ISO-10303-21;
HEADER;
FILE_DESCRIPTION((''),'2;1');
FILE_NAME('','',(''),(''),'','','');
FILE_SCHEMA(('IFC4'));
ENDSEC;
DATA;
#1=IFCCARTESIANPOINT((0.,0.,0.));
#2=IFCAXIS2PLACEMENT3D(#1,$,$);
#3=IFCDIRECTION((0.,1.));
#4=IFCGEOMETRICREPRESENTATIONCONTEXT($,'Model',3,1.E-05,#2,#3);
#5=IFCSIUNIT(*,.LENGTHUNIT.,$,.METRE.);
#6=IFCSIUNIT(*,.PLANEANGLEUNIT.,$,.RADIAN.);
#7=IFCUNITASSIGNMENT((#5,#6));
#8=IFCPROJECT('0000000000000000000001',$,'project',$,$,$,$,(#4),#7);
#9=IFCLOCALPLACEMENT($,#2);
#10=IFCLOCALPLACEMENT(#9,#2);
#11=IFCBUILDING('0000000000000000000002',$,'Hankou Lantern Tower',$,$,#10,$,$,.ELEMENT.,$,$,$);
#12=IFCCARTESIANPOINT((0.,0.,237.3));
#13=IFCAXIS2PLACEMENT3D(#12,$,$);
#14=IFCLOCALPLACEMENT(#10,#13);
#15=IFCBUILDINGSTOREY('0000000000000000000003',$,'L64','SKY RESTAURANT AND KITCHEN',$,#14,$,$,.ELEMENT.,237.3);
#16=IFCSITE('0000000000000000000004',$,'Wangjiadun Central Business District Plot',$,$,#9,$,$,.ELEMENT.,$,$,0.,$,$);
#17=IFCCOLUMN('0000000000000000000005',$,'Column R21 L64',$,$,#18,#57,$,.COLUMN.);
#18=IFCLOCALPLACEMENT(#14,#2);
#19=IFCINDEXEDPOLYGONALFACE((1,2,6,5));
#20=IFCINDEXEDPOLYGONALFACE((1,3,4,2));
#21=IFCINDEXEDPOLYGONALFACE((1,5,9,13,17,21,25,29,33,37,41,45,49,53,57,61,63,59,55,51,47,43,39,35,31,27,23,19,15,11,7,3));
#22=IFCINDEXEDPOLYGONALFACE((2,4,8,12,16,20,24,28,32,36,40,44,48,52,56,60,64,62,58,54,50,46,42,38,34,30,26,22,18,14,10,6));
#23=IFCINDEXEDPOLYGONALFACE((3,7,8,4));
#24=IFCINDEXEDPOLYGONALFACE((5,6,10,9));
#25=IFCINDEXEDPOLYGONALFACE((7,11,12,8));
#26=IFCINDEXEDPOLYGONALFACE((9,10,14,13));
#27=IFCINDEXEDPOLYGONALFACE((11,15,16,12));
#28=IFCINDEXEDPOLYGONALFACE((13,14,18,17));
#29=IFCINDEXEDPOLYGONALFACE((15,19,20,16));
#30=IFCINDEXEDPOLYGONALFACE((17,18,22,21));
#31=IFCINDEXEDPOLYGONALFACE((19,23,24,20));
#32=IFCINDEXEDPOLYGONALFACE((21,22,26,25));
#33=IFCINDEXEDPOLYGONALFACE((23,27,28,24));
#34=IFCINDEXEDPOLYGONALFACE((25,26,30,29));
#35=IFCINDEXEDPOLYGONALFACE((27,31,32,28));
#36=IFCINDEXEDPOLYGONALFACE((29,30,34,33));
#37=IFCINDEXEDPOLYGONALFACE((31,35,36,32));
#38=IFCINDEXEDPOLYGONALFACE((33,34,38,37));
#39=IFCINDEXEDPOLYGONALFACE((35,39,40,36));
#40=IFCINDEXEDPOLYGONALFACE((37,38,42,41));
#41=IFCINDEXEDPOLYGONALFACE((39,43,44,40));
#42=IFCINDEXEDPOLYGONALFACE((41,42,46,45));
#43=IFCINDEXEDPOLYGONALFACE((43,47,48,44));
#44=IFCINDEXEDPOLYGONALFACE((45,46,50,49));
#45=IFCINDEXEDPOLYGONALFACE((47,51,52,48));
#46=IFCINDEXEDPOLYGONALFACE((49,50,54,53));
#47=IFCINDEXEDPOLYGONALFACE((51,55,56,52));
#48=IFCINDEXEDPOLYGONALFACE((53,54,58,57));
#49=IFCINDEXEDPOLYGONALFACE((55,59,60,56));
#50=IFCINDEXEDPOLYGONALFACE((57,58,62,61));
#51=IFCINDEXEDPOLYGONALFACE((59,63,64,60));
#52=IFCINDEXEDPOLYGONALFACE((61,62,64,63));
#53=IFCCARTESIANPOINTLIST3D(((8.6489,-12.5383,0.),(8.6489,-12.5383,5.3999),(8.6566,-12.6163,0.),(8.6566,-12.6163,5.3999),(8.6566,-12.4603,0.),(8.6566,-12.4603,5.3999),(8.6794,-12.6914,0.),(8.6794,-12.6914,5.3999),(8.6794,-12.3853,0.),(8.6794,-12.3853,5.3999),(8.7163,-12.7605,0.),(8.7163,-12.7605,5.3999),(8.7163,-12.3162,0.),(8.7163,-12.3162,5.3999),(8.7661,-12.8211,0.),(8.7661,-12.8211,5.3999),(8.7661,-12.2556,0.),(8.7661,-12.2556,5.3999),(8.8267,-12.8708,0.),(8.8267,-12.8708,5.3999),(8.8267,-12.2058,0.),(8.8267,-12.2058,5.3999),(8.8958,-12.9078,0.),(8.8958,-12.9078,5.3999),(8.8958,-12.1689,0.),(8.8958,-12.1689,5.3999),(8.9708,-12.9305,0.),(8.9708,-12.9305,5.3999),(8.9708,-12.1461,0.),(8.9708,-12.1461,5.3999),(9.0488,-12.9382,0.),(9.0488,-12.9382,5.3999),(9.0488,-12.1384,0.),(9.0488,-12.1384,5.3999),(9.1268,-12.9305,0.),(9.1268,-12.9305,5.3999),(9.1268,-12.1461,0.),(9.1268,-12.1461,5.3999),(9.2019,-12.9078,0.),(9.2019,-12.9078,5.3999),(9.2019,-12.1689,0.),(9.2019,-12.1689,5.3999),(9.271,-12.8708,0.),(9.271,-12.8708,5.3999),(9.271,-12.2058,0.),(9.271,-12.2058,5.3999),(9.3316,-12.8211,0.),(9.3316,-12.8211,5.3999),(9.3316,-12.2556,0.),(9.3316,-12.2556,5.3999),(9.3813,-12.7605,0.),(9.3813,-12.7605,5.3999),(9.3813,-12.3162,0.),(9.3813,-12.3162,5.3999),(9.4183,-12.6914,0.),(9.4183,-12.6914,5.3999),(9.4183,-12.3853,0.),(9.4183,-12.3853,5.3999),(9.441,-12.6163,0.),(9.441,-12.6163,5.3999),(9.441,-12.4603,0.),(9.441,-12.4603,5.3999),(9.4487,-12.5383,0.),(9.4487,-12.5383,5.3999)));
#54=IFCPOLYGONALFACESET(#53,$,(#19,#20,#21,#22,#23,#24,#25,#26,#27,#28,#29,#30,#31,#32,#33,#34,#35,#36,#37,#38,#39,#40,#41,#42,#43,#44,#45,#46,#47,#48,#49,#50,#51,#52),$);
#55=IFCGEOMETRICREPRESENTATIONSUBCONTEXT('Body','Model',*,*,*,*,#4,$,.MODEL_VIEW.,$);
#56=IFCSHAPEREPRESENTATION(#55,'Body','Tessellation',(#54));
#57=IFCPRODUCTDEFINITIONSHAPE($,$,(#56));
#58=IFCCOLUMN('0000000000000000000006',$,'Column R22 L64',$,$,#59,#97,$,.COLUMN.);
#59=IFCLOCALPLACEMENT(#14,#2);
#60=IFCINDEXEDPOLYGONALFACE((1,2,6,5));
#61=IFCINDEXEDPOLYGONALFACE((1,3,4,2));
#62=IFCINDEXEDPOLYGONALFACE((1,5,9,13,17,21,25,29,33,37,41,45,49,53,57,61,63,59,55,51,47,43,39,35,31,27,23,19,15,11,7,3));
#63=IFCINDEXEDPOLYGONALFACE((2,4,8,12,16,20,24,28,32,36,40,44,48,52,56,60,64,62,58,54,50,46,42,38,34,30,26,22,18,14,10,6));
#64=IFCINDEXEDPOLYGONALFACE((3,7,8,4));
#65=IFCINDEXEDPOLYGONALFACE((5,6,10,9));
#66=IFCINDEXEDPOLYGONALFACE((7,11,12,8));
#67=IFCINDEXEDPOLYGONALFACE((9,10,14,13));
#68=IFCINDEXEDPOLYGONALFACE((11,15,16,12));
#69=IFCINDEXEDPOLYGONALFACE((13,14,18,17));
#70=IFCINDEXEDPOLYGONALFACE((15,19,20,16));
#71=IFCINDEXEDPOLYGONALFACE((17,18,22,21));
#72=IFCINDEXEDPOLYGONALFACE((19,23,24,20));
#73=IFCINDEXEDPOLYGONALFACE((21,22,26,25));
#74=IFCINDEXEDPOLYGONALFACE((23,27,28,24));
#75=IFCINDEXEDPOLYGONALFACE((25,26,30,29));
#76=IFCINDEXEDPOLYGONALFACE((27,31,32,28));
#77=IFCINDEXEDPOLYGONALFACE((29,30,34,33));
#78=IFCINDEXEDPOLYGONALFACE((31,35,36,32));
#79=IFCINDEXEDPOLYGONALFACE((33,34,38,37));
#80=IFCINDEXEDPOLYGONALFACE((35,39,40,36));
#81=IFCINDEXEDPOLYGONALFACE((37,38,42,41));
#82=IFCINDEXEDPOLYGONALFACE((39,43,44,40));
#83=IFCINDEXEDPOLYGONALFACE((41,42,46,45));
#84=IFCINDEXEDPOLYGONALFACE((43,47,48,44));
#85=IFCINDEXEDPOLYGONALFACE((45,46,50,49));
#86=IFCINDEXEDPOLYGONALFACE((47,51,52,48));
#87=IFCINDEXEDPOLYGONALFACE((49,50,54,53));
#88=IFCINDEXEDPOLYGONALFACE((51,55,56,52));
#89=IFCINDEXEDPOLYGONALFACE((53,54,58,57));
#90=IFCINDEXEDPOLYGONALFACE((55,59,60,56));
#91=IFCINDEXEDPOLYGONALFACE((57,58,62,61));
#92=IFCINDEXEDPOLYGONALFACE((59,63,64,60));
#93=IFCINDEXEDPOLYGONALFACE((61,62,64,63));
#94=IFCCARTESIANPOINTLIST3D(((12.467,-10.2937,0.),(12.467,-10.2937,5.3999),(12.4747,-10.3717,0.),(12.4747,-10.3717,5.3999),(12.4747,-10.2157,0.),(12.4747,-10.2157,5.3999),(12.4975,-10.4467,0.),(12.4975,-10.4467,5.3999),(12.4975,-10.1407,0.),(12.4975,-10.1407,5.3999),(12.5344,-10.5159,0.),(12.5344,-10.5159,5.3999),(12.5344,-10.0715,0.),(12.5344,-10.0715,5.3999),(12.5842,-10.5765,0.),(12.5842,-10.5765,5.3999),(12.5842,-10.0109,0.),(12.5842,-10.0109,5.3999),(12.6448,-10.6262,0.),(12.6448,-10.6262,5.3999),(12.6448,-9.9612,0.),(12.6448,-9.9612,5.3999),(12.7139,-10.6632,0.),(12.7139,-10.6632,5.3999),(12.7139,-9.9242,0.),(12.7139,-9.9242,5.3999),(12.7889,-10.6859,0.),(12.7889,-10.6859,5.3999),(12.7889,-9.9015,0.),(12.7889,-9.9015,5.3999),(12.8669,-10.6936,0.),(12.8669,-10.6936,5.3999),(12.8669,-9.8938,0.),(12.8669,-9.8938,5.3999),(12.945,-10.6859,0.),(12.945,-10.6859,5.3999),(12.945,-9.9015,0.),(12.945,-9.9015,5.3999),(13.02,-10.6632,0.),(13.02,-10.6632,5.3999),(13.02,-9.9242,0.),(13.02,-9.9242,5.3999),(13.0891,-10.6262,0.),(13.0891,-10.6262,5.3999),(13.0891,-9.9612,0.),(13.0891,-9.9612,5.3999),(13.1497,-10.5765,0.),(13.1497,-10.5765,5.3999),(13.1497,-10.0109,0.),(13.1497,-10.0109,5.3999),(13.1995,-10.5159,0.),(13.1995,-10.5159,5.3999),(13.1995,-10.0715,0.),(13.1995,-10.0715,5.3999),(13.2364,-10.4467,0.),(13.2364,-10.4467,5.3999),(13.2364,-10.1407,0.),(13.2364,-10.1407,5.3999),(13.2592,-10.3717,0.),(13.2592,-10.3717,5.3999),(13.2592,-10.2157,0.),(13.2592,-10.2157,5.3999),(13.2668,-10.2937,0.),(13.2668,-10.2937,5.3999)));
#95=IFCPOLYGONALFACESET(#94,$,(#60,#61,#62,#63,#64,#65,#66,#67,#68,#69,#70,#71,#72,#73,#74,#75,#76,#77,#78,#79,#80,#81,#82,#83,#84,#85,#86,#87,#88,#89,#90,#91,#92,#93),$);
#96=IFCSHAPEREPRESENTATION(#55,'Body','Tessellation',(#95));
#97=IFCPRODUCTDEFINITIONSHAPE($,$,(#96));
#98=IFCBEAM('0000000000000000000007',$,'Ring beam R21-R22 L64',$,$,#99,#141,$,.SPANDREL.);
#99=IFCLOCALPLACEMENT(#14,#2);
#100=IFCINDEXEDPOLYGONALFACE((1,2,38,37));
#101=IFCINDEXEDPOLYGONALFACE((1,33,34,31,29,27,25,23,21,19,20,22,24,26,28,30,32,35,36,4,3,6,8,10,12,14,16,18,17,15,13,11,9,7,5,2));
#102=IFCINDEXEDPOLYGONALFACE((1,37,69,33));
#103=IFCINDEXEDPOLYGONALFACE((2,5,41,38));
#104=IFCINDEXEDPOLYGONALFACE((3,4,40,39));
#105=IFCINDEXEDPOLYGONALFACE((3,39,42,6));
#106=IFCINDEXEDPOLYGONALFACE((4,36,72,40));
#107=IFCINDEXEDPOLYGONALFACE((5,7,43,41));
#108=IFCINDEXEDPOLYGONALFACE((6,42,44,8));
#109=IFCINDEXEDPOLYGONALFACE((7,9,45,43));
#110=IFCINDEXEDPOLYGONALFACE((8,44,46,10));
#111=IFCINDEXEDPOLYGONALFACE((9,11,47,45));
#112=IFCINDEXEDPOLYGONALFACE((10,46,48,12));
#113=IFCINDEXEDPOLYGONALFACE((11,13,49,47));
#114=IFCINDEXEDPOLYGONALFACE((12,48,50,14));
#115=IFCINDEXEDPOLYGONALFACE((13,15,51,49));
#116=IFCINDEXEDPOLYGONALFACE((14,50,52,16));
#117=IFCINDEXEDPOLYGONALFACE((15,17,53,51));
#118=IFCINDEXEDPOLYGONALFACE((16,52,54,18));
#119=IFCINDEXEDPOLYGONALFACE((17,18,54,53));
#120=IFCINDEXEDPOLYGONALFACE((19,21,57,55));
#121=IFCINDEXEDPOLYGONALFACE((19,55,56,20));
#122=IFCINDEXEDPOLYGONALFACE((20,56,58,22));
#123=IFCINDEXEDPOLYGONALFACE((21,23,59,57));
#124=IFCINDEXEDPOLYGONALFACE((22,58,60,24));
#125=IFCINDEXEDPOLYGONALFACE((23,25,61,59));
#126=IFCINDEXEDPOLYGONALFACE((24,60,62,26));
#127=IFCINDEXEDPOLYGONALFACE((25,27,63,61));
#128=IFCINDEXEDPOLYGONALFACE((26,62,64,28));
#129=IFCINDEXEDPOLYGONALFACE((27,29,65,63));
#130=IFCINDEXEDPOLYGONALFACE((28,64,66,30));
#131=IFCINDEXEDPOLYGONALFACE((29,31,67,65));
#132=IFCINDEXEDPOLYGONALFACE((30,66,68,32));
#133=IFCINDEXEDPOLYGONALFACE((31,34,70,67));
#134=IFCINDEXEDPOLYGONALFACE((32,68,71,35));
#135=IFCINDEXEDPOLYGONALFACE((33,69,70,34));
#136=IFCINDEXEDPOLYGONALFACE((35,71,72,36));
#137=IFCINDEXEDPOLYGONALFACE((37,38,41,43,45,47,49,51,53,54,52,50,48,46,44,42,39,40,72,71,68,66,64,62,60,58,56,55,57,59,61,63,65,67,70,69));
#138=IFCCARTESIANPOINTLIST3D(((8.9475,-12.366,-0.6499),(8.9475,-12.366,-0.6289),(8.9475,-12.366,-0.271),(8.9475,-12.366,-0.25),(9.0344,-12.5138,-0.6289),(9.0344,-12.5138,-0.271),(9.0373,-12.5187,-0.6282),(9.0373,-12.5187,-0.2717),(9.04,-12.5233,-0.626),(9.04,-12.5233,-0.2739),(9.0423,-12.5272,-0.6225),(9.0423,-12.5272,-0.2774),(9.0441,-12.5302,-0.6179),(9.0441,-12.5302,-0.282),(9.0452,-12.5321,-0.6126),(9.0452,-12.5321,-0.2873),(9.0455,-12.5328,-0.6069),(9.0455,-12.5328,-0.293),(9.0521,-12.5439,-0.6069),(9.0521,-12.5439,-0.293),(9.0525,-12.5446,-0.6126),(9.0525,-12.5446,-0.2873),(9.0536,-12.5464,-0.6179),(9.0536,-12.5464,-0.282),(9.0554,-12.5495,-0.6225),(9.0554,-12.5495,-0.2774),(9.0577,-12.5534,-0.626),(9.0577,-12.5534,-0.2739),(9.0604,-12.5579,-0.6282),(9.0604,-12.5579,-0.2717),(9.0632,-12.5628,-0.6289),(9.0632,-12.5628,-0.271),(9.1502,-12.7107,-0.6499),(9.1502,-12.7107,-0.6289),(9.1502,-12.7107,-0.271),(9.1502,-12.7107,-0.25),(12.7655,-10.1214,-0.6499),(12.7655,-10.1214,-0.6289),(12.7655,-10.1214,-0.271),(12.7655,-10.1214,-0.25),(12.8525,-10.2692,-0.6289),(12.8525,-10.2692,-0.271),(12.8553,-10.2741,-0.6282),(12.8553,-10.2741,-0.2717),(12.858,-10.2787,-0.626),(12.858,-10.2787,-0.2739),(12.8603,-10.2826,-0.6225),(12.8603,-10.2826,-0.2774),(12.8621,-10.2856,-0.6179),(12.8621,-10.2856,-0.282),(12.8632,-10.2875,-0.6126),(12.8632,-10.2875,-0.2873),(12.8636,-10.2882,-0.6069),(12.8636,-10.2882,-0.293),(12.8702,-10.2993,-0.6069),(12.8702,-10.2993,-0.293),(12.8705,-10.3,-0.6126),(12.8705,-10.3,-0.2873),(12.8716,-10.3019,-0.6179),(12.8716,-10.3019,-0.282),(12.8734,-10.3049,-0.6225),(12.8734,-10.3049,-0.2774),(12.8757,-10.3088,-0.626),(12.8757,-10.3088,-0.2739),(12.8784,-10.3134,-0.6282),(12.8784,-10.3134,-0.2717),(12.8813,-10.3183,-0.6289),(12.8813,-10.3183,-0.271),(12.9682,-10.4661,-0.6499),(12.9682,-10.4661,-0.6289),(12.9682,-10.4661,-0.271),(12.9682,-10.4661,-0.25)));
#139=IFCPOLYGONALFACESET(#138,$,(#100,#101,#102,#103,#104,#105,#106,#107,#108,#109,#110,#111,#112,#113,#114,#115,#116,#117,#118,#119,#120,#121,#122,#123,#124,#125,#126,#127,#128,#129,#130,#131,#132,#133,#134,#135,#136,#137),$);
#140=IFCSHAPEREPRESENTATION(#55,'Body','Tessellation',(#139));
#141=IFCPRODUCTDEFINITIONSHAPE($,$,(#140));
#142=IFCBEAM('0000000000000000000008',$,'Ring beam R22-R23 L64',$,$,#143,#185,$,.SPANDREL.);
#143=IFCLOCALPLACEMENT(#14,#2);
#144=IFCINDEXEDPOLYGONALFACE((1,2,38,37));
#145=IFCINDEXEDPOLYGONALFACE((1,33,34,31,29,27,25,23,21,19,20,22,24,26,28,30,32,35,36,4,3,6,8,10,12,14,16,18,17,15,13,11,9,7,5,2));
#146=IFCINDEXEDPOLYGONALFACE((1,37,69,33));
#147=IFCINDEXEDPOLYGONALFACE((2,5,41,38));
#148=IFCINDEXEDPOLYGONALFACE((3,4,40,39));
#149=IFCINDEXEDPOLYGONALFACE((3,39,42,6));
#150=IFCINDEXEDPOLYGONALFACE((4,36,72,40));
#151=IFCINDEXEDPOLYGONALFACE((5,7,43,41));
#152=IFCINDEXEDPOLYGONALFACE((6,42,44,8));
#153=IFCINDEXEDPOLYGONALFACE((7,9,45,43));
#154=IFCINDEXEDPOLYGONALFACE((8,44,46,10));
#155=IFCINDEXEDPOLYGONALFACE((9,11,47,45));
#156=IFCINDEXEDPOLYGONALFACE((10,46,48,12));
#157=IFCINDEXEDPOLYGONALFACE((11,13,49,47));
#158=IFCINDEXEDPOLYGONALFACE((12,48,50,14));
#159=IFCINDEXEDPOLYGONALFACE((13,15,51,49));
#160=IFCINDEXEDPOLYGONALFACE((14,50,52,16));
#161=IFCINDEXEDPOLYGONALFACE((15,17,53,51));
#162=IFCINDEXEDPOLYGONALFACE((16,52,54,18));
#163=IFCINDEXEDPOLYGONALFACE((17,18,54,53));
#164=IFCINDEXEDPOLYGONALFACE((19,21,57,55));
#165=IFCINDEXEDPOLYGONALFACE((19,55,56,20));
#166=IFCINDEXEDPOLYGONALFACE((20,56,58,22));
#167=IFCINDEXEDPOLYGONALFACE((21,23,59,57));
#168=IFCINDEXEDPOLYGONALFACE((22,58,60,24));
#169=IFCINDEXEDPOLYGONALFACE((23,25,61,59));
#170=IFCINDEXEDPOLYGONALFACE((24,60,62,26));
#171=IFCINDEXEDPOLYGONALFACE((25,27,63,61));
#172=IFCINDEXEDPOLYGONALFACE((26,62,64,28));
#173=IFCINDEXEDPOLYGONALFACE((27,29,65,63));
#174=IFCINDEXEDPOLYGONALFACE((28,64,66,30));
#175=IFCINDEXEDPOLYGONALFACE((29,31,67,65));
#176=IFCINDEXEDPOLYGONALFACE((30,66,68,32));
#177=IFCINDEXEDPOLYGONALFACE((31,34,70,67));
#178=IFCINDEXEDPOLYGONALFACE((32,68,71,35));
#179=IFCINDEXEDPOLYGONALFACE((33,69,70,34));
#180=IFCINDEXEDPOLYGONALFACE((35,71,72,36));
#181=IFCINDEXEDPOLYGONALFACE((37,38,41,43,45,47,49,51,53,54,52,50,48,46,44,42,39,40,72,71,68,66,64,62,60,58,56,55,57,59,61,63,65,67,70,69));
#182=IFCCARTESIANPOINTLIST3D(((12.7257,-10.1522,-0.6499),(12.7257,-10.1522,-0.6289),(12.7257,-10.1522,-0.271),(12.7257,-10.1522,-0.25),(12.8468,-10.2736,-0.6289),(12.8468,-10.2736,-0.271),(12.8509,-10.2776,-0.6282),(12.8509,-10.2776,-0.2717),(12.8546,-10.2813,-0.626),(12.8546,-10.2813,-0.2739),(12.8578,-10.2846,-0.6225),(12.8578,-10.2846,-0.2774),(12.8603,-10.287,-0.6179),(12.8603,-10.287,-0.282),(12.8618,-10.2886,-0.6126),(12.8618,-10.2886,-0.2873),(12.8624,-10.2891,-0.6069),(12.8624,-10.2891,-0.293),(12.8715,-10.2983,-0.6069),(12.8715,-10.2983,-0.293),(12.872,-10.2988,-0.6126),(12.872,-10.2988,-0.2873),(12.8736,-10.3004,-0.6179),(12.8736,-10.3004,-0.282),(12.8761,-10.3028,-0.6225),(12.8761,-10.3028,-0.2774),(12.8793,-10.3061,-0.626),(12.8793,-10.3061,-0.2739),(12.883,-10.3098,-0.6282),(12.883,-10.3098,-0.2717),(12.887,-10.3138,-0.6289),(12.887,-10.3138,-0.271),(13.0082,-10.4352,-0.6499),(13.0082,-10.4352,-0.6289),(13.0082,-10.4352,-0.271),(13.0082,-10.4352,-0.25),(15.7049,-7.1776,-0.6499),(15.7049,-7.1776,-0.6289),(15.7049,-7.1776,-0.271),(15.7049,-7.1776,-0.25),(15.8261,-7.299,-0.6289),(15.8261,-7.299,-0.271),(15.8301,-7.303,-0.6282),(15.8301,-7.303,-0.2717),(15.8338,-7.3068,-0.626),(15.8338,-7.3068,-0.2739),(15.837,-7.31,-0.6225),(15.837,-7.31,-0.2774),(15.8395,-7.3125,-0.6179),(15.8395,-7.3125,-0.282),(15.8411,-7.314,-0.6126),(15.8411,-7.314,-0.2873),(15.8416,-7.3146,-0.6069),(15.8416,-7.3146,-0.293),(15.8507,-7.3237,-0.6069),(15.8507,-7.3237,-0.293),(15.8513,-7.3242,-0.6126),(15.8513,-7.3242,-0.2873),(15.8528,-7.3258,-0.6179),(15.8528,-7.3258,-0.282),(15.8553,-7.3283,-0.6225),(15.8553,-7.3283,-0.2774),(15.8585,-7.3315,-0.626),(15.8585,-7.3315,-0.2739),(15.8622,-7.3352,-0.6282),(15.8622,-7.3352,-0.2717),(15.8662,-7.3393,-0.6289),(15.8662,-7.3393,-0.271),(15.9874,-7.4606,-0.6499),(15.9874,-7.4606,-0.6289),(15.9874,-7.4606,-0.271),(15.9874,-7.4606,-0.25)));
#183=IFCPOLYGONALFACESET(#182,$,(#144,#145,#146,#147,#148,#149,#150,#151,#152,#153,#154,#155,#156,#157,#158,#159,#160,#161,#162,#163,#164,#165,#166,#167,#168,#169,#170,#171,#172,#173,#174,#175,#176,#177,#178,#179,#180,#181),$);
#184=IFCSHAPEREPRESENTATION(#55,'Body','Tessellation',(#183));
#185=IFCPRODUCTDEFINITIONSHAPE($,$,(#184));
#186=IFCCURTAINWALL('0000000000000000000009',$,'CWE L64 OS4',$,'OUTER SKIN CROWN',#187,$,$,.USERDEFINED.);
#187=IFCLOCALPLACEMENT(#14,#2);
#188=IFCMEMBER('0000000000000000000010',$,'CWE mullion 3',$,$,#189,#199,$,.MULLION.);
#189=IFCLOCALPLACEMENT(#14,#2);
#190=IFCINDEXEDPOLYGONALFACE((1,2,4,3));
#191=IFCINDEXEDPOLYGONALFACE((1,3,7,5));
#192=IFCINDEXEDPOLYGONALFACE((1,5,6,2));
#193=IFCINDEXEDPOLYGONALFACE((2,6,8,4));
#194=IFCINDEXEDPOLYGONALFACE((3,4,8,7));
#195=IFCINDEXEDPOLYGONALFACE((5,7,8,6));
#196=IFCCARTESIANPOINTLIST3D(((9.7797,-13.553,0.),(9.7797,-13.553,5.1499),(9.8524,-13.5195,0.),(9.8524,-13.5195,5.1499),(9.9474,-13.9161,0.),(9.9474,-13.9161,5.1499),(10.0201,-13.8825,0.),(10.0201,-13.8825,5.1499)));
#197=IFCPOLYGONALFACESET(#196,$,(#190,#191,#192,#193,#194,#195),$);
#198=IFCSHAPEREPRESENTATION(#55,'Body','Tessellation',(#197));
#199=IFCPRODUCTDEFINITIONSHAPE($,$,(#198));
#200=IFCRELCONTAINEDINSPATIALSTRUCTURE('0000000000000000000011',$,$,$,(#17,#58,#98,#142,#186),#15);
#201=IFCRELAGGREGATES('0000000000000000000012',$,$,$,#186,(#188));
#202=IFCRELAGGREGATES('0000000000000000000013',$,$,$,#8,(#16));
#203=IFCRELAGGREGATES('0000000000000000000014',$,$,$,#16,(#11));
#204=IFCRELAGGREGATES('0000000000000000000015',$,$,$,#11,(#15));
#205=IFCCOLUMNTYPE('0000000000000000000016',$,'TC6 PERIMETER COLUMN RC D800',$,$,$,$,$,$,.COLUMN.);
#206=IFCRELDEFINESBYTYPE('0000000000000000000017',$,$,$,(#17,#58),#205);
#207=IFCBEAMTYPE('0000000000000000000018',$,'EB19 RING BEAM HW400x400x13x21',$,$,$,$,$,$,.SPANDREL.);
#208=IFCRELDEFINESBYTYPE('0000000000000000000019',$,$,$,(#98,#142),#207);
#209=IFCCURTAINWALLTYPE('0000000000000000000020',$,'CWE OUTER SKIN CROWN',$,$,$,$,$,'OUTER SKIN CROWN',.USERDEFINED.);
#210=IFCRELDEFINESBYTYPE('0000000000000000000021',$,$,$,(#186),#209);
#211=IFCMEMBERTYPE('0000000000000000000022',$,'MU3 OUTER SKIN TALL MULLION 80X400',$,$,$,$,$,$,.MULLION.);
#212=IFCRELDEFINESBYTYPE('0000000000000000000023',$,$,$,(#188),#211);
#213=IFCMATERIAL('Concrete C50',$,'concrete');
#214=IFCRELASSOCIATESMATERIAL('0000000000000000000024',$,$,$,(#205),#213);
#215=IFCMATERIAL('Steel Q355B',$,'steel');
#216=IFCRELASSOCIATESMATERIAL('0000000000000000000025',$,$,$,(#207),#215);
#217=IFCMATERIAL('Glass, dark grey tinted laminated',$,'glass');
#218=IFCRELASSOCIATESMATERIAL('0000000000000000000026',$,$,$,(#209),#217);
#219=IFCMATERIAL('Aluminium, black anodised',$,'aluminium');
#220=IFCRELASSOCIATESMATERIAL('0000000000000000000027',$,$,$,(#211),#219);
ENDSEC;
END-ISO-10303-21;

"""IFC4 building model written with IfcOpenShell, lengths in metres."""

from ifc_helpers import new_model, si_unit, direction, frame, origin, origin_2d, place, context, subcontext, project, spatial, rectangle, circle, i_section, extrude, material, material_profile, profile_set, type_object, element, aggregate, save


model = new_model("IFC4")

# Units and contexts
model_context = context("Model", 3, precision=1e-05, world=origin(), true_north=direction((0.0, 1.0)))
body_context = subcontext(model_context, "Body", "Model", "MODEL_VIEW")
ifc_project = project(units=[si_unit("LENGTHUNIT", "METRE"), si_unit("PLANEANGLEUNIT", "RADIAN")], contexts=[model_context])

# Site, building, storey
site_placement = place(None, origin())
site = spatial("IfcSite", under=ifc_project, at=site_placement, Name="Wangjiadun Central Business District Plot", CompositionType="ELEMENT", RefElevation=0.0)
building_placement = place(site_placement, origin())
building = spatial("IfcBuilding", under=site, at=building_placement, Name="Hankou Lantern Tower", CompositionType="ELEMENT")
storey_placement = place(building_placement, frame((0.0, 0.0, 237.3)))
storey = spatial("IfcBuildingStorey", under=building, at=storey_placement, Name="L64", Description="SKY RESTAURANT AND KITCHEN", CompositionType="ELEMENT", Elevation=237.3)

# Columns
ifc_material_1 = material(Name="Concrete C50", Category="concrete")
ifc_material_profile_1 = material_profile(ifc_material_1, circle(Radius=0.3999, at=origin_2d()), Name="RC D800")
ifc_profile_set_1 = profile_set([ifc_material_profile_1], Name="Concrete C50")
column_type = type_object("IfcColumnType", Name="TC6 PERIMETER COLUMN RC D800", PredefinedType="COLUMN", material=ifc_profile_set_1)
for number, where, z_axis, x_axis, name in (
    (1, (9.0488, -12.5383, 0.0), (0.0, 0.0, 1.0), (1.0, 0.0, 0.0), "Column R21 L64"),
    (2, (12.8669, -10.2937, 0.0), (0.0, 0.0, 1.0), (1.0, 0.0, 0.0), "Column R22 L64"),
):
    element("IfcColumn", number, at=place(storey_placement, frame(where, z_axis=z_axis, x_axis=x_axis)), inside=storey, type_object=column_type, Name=name, PredefinedType="COLUMN", context=body_context, shape_type="SweptSolid", body=[
        extrude(circle(Radius=0.3999, at=origin_2d()), origin(), (0.0, 0.0, 1.0), 5.3999),
    ])

# Beams
ifc_material_2 = material(Name="Steel Q355B", Category="steel")
ifc_material_profile_2 = material_profile(ifc_material_2, i_section(OverallWidth=0.3999, OverallDepth=0.3999, WebThickness=0.0129, FlangeThickness=0.021, FilletRadius=0.022, at=origin_2d()), Name="HW400x400x13x21")
ifc_profile_set_2 = profile_set([ifc_material_profile_2], Name="Steel Q355B")
beam_type_1 = type_object("IfcBeamType", Name="EB19 RING BEAM HW400x400x13x21", PredefinedType="SPANDREL", material=ifc_profile_set_2)
beam_1_placement = place(storey_placement, frame((9.0488, -12.5383, -0.45), z_axis=(0.862065, 0.506798, 0.0), x_axis=(-0.506798, 0.862065, 0.0)))
element("IfcBeam", 3, at=beam_1_placement, inside=storey, type_object=beam_type_1, Name="Ring beam R21-R22 L64", PredefinedType="SPANDREL", context=body_context, shape_type="SweptSolid", body=[
    extrude(i_section(OverallWidth=0.3999, OverallDepth=0.3999, WebThickness=0.0129, FlangeThickness=0.021, FilletRadius=0.022, at=origin_2d()), origin(), (0.0, 0.0, 1.0), 4.429),
])
beam_2_placement = place(storey_placement, frame((12.8669, -10.2937, -0.45), z_axis=(0.707657, 0.706556, 0.0), x_axis=(-0.706556, 0.707657, 0.0)))
element("IfcBeam", 4, at=beam_2_placement, inside=storey, type_object=beam_type_1, Name="Ring beam R22-R23 L64", PredefinedType="SPANDREL", context=body_context, shape_type="SweptSolid", body=[
    extrude(i_section(OverallWidth=0.3999, OverallDepth=0.3999, WebThickness=0.0129, FlangeThickness=0.021, FilletRadius=0.022, at=origin_2d()), origin(), (0.0, 0.0, 1.0), 4.21),
])

# Curtain wall, member
ifc_material_3 = material(Name="Glass, dark grey tinted laminated", Category="glass")
curtain_wall_type = type_object("IfcCurtainWallType", Name="CWE OUTER SKIN CROWN", ElementType="OUTER SKIN CROWN", PredefinedType="USERDEFINED", material=ifc_material_3)
curtain_wall_placement = place(storey_placement, origin())
curtain_wall = element("IfcCurtainWall", 5, at=curtain_wall_placement, inside=storey, type_object=curtain_wall_type, Name="CWE L64 OS4", ObjectType="OUTER SKIN CROWN", PredefinedType="USERDEFINED")
ifc_material_4 = material(Name="Aluminium, black anodised", Category="aluminium")
ifc_material_profile_3 = material_profile(ifc_material_4, rectangle(XDim=0.0801, YDim=0.3999, at=origin_2d()), Name="MU3 80X400")
ifc_profile_set_3 = profile_set([ifc_material_profile_3], Name="Aluminium, black anodised")
member_type_1 = type_object("IfcMemberType", Name="MU3 OUTER SKIN TALL MULLION 80X400", PredefinedType="MULLION", material=ifc_profile_set_3)
member_1_placement = place(storey_placement, frame((9.8999, -13.7178, 0.0), z_axis=(0.0, 0.0, 1.0), x_axis=(0.907841, 0.419314, 0.0)))
member_1 = element("IfcMember", 6, at=member_1_placement, type_object=member_type_1, Name="CWE mullion 3", PredefinedType="MULLION", context=body_context, shape_type="SweptSolid", body=[
    extrude(rectangle(XDim=0.0801, YDim=0.3999, at=origin_2d()), origin(), (0.0, 0.0, 1.0), 5.1499),
])

aggregate(curtain_wall, [member_1])

save(model, "model.ifc")
